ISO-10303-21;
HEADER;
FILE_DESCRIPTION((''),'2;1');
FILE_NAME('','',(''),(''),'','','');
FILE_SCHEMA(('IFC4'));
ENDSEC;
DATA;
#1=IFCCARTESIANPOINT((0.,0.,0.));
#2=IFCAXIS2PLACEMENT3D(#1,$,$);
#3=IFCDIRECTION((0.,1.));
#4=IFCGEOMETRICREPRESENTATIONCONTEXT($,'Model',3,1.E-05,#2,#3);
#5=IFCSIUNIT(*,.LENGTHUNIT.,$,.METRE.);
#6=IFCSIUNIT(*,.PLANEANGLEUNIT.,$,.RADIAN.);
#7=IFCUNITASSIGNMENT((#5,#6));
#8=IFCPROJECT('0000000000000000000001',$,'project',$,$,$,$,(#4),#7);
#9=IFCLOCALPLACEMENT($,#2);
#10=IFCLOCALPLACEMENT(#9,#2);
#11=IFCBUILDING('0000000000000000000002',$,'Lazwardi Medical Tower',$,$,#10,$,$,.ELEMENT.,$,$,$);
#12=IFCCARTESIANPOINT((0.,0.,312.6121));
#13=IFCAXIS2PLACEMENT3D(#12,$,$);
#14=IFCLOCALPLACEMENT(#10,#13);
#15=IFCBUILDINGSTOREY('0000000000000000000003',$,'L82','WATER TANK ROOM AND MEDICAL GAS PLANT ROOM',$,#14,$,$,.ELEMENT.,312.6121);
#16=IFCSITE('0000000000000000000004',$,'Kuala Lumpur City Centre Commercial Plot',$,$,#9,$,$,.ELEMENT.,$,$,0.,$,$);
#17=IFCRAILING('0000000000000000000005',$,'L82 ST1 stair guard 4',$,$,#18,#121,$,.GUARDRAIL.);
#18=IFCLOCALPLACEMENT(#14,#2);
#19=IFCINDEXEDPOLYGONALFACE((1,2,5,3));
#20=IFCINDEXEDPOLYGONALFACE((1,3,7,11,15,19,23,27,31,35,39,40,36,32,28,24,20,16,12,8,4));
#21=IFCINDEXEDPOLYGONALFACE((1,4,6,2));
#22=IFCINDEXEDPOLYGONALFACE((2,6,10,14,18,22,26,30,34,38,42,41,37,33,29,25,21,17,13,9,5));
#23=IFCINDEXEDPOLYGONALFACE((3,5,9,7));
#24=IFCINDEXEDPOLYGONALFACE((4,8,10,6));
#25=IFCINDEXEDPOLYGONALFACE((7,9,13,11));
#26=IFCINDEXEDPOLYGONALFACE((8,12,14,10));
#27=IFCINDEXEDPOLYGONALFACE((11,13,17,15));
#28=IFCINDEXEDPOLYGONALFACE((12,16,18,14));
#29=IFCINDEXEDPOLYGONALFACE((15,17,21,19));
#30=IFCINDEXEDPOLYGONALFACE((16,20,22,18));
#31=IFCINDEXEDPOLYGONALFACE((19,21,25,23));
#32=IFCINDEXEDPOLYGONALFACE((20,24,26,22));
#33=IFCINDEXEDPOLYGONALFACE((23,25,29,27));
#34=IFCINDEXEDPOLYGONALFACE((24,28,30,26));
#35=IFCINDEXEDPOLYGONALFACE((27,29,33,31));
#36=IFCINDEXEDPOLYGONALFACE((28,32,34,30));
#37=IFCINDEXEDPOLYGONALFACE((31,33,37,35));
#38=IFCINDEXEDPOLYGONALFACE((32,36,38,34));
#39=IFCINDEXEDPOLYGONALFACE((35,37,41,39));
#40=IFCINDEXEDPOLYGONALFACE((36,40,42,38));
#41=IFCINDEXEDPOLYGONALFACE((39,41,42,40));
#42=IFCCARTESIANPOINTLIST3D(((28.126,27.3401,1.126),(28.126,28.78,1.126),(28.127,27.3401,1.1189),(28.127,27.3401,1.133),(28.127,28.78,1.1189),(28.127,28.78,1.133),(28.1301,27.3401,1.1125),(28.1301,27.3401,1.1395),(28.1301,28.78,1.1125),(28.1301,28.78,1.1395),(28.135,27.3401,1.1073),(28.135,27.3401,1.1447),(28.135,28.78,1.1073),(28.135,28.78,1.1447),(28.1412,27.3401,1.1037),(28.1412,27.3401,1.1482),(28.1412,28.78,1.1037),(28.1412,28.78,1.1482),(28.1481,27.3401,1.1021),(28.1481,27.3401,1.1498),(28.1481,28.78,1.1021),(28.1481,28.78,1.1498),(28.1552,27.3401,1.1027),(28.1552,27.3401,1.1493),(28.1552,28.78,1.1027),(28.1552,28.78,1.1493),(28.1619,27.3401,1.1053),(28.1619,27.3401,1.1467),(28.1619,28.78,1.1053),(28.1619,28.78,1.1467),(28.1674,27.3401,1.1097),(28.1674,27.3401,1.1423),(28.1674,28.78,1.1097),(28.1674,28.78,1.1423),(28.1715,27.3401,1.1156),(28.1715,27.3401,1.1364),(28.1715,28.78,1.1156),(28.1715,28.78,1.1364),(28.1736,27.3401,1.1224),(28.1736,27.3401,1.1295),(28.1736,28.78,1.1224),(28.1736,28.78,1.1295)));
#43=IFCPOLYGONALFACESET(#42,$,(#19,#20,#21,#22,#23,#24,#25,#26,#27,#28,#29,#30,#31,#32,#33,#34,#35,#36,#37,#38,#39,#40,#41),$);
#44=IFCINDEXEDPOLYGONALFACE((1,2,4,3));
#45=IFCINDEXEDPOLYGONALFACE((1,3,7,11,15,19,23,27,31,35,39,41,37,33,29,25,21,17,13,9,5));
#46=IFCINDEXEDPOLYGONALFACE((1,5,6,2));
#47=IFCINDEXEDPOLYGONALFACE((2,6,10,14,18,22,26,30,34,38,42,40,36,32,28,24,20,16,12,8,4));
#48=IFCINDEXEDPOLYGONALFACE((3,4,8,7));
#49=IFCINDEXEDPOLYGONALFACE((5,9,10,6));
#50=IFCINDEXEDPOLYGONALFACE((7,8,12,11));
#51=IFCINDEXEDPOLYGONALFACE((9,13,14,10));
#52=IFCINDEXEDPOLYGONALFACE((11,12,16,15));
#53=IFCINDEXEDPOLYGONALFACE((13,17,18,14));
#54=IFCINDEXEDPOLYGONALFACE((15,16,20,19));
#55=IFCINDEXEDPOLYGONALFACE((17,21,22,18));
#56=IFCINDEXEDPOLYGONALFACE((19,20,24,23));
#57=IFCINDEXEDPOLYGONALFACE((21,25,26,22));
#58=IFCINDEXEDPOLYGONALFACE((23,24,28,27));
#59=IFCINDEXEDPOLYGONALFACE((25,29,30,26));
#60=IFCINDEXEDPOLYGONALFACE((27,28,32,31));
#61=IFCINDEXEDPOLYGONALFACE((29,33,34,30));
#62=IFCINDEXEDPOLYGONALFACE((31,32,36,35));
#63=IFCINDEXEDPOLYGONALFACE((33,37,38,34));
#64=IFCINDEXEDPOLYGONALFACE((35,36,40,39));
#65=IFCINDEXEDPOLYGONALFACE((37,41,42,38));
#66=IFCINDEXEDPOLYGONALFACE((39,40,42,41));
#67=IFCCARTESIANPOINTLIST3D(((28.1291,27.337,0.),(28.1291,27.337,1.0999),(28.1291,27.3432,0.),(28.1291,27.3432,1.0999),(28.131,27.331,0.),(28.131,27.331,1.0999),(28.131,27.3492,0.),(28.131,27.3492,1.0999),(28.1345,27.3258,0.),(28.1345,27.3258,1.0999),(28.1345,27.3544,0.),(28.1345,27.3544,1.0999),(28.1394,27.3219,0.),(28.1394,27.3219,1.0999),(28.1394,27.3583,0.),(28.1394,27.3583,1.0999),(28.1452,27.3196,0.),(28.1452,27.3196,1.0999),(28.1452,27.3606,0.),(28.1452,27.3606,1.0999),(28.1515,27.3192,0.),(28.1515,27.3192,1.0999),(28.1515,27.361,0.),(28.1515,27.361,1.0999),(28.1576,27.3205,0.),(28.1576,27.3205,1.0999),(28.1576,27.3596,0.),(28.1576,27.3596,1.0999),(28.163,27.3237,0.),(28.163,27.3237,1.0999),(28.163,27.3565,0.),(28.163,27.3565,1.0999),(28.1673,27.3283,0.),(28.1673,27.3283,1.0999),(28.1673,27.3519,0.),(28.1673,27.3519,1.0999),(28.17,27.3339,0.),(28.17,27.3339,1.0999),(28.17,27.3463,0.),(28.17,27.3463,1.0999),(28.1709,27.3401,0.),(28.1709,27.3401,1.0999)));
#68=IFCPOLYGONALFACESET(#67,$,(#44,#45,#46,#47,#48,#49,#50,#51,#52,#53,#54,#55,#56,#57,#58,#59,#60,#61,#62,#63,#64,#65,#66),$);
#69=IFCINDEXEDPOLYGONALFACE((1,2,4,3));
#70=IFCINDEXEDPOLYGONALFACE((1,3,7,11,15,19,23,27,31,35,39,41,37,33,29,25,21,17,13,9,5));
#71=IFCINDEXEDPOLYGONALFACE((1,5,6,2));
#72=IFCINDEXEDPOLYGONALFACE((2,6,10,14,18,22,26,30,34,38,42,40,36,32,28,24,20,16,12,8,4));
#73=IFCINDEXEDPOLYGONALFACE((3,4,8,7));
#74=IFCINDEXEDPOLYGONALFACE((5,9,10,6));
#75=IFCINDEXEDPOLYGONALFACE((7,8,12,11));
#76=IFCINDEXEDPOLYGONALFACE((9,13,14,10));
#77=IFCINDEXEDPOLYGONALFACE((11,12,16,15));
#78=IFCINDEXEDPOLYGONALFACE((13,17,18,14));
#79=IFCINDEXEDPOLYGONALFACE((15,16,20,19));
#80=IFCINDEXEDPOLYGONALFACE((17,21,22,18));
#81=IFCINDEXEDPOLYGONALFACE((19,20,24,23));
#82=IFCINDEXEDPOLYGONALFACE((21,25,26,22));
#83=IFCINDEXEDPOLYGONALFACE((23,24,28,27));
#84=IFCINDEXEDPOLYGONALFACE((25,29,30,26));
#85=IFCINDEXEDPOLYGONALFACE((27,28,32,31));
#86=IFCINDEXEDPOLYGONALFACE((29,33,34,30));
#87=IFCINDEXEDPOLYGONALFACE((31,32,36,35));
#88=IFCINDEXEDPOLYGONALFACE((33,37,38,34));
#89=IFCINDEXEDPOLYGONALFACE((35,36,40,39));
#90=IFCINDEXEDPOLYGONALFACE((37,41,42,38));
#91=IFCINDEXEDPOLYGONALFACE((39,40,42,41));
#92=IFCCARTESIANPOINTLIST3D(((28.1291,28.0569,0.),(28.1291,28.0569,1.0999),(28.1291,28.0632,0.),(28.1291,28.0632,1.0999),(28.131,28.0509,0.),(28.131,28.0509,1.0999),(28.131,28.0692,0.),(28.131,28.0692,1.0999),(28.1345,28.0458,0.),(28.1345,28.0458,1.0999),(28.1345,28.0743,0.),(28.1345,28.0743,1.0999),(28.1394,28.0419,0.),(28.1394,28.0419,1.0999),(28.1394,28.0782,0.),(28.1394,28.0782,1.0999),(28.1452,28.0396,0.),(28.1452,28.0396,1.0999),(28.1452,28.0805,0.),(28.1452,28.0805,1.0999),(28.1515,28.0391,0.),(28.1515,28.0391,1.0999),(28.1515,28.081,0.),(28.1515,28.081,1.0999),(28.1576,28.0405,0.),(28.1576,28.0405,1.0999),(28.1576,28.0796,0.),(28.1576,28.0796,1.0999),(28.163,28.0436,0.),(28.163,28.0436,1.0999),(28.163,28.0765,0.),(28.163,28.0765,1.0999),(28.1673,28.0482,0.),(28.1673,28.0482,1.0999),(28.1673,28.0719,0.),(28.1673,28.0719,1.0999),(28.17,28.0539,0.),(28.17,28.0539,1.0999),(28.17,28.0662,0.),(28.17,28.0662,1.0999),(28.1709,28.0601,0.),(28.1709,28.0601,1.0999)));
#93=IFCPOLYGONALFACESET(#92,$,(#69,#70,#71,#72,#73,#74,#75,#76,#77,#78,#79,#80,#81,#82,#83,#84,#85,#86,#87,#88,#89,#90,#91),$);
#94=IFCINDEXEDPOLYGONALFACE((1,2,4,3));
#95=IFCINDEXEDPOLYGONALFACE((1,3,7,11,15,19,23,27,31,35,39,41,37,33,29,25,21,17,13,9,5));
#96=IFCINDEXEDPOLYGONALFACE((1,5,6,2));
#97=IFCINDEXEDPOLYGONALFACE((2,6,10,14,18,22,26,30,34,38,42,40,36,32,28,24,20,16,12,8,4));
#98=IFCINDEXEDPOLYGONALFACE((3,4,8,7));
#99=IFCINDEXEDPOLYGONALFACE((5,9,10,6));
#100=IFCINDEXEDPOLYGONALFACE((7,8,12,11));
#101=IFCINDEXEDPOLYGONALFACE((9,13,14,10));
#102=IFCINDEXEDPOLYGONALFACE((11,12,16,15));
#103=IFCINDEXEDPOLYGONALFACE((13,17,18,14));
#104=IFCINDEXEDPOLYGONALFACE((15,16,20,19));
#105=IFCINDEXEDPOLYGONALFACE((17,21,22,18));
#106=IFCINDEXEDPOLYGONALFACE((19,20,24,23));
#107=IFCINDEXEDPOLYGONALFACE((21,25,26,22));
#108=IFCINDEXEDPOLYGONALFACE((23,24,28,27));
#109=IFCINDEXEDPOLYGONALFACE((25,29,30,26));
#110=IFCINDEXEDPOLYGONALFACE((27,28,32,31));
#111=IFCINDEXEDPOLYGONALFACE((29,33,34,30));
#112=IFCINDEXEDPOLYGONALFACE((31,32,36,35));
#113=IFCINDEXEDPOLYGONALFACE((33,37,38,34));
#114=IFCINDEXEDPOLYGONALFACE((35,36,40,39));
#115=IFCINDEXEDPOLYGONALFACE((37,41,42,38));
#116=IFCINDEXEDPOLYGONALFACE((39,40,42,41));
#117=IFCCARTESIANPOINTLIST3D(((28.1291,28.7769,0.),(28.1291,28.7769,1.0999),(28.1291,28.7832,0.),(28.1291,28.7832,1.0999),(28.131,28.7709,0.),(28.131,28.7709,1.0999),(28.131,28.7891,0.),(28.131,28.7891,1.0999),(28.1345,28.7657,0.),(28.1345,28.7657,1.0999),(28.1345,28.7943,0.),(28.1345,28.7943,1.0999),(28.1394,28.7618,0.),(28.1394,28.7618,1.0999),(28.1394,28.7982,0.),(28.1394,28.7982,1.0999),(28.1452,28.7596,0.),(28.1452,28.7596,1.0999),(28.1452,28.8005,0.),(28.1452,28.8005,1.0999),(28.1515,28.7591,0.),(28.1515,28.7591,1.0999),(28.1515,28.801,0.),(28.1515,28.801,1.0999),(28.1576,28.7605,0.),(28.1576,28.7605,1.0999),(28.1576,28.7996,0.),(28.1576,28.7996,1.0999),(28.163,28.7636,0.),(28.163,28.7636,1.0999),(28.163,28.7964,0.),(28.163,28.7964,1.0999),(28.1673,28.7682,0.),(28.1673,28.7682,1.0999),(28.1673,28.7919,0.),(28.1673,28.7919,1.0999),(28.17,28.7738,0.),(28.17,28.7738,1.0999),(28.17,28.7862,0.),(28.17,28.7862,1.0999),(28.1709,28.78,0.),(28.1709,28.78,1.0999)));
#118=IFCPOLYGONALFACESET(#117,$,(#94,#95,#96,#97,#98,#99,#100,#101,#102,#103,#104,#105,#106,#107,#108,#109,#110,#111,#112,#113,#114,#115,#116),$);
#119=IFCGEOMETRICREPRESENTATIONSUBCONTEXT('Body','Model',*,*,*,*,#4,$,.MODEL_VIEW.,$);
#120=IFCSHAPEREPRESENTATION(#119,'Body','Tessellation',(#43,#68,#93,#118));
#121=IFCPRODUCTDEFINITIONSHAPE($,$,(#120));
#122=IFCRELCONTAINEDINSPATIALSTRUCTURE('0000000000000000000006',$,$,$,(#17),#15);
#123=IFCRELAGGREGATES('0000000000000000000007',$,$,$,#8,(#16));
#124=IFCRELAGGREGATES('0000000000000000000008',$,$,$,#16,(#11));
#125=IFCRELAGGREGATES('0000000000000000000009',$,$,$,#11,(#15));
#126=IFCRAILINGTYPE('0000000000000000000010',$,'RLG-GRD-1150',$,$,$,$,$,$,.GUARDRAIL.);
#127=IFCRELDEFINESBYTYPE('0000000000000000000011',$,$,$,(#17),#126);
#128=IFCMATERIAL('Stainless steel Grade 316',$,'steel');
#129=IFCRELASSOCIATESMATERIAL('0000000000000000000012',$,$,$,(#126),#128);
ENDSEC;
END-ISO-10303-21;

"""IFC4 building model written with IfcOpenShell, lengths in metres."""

from ifc_helpers import new_model, si_unit, direction, frame, origin, origin_2d, place, context, subcontext, project, spatial, circle, extrude, material, type_object, element, save


model = new_model("IFC4")

# Units and contexts
model_context = context("Model", 3, precision=1e-05, world=origin(), true_north=direction((0.0, 1.0)))
body_context = subcontext(model_context, "Body", "Model", "MODEL_VIEW")
ifc_project = project(units=[si_unit("LENGTHUNIT", "METRE"), si_unit("PLANEANGLEUNIT", "RADIAN")], contexts=[model_context])

# Site, building, storey
site_placement = place(None, origin())
site = spatial("IfcSite", under=ifc_project, at=site_placement, Name="Kuala Lumpur City Centre Commercial Plot", CompositionType="ELEMENT", RefElevation=0.0)
building_placement = place(site_placement, origin())
building = spatial("IfcBuilding", under=site, at=building_placement, Name="Lazwardi Medical Tower", CompositionType="ELEMENT")
storey_placement = place(building_placement, frame((0.0, 0.0, 312.6121)))
storey = spatial("IfcBuildingStorey", under=building, at=storey_placement, Name="L82", Description="WATER TANK ROOM AND MEDICAL GAS PLANT ROOM", CompositionType="ELEMENT", Elevation=312.6121)

# Railing
ifc_material_1 = material(Name="Stainless steel Grade 316", Category="steel")
railing_type_1 = type_object("IfcRailingType", Name="RLG-GRD-1150", PredefinedType="GUARDRAIL", material=ifc_material_1)
railing_1_placement = place(storey_placement, frame((28.1499, 27.3401, 0.0)))
element("IfcRailing", 1, at=railing_1_placement, inside=storey, type_object=railing_type_1, Name="L82 ST1 stair guard 4", PredefinedType="GUARDRAIL", context=body_context, shape_type="SweptSolid", body=[
    extrude(circle(Radius=0.0239, at=origin_2d()), frame((0.0, 0.0, 1.126), z_axis=(0.0, 1.0, 0.0), x_axis=(-1.0, 0.0, 0.0)), (0.0, 0.0, 1.0), 1.4399),
    extrude(circle(Radius=0.021, at=origin_2d()), origin(), (0.0, 0.0, 1.0), 1.0999),
    extrude(circle(Radius=0.021, at=origin_2d()), frame((0.0, 0.72, 0.0)), (0.0, 0.0, 1.0), 1.0999),
    extrude(circle(Radius=0.021, at=origin_2d()), frame((0.0, 1.4399, 0.0)), (0.0, 0.0, 1.0), 1.0999),
])

save(model, "model.ifc")
